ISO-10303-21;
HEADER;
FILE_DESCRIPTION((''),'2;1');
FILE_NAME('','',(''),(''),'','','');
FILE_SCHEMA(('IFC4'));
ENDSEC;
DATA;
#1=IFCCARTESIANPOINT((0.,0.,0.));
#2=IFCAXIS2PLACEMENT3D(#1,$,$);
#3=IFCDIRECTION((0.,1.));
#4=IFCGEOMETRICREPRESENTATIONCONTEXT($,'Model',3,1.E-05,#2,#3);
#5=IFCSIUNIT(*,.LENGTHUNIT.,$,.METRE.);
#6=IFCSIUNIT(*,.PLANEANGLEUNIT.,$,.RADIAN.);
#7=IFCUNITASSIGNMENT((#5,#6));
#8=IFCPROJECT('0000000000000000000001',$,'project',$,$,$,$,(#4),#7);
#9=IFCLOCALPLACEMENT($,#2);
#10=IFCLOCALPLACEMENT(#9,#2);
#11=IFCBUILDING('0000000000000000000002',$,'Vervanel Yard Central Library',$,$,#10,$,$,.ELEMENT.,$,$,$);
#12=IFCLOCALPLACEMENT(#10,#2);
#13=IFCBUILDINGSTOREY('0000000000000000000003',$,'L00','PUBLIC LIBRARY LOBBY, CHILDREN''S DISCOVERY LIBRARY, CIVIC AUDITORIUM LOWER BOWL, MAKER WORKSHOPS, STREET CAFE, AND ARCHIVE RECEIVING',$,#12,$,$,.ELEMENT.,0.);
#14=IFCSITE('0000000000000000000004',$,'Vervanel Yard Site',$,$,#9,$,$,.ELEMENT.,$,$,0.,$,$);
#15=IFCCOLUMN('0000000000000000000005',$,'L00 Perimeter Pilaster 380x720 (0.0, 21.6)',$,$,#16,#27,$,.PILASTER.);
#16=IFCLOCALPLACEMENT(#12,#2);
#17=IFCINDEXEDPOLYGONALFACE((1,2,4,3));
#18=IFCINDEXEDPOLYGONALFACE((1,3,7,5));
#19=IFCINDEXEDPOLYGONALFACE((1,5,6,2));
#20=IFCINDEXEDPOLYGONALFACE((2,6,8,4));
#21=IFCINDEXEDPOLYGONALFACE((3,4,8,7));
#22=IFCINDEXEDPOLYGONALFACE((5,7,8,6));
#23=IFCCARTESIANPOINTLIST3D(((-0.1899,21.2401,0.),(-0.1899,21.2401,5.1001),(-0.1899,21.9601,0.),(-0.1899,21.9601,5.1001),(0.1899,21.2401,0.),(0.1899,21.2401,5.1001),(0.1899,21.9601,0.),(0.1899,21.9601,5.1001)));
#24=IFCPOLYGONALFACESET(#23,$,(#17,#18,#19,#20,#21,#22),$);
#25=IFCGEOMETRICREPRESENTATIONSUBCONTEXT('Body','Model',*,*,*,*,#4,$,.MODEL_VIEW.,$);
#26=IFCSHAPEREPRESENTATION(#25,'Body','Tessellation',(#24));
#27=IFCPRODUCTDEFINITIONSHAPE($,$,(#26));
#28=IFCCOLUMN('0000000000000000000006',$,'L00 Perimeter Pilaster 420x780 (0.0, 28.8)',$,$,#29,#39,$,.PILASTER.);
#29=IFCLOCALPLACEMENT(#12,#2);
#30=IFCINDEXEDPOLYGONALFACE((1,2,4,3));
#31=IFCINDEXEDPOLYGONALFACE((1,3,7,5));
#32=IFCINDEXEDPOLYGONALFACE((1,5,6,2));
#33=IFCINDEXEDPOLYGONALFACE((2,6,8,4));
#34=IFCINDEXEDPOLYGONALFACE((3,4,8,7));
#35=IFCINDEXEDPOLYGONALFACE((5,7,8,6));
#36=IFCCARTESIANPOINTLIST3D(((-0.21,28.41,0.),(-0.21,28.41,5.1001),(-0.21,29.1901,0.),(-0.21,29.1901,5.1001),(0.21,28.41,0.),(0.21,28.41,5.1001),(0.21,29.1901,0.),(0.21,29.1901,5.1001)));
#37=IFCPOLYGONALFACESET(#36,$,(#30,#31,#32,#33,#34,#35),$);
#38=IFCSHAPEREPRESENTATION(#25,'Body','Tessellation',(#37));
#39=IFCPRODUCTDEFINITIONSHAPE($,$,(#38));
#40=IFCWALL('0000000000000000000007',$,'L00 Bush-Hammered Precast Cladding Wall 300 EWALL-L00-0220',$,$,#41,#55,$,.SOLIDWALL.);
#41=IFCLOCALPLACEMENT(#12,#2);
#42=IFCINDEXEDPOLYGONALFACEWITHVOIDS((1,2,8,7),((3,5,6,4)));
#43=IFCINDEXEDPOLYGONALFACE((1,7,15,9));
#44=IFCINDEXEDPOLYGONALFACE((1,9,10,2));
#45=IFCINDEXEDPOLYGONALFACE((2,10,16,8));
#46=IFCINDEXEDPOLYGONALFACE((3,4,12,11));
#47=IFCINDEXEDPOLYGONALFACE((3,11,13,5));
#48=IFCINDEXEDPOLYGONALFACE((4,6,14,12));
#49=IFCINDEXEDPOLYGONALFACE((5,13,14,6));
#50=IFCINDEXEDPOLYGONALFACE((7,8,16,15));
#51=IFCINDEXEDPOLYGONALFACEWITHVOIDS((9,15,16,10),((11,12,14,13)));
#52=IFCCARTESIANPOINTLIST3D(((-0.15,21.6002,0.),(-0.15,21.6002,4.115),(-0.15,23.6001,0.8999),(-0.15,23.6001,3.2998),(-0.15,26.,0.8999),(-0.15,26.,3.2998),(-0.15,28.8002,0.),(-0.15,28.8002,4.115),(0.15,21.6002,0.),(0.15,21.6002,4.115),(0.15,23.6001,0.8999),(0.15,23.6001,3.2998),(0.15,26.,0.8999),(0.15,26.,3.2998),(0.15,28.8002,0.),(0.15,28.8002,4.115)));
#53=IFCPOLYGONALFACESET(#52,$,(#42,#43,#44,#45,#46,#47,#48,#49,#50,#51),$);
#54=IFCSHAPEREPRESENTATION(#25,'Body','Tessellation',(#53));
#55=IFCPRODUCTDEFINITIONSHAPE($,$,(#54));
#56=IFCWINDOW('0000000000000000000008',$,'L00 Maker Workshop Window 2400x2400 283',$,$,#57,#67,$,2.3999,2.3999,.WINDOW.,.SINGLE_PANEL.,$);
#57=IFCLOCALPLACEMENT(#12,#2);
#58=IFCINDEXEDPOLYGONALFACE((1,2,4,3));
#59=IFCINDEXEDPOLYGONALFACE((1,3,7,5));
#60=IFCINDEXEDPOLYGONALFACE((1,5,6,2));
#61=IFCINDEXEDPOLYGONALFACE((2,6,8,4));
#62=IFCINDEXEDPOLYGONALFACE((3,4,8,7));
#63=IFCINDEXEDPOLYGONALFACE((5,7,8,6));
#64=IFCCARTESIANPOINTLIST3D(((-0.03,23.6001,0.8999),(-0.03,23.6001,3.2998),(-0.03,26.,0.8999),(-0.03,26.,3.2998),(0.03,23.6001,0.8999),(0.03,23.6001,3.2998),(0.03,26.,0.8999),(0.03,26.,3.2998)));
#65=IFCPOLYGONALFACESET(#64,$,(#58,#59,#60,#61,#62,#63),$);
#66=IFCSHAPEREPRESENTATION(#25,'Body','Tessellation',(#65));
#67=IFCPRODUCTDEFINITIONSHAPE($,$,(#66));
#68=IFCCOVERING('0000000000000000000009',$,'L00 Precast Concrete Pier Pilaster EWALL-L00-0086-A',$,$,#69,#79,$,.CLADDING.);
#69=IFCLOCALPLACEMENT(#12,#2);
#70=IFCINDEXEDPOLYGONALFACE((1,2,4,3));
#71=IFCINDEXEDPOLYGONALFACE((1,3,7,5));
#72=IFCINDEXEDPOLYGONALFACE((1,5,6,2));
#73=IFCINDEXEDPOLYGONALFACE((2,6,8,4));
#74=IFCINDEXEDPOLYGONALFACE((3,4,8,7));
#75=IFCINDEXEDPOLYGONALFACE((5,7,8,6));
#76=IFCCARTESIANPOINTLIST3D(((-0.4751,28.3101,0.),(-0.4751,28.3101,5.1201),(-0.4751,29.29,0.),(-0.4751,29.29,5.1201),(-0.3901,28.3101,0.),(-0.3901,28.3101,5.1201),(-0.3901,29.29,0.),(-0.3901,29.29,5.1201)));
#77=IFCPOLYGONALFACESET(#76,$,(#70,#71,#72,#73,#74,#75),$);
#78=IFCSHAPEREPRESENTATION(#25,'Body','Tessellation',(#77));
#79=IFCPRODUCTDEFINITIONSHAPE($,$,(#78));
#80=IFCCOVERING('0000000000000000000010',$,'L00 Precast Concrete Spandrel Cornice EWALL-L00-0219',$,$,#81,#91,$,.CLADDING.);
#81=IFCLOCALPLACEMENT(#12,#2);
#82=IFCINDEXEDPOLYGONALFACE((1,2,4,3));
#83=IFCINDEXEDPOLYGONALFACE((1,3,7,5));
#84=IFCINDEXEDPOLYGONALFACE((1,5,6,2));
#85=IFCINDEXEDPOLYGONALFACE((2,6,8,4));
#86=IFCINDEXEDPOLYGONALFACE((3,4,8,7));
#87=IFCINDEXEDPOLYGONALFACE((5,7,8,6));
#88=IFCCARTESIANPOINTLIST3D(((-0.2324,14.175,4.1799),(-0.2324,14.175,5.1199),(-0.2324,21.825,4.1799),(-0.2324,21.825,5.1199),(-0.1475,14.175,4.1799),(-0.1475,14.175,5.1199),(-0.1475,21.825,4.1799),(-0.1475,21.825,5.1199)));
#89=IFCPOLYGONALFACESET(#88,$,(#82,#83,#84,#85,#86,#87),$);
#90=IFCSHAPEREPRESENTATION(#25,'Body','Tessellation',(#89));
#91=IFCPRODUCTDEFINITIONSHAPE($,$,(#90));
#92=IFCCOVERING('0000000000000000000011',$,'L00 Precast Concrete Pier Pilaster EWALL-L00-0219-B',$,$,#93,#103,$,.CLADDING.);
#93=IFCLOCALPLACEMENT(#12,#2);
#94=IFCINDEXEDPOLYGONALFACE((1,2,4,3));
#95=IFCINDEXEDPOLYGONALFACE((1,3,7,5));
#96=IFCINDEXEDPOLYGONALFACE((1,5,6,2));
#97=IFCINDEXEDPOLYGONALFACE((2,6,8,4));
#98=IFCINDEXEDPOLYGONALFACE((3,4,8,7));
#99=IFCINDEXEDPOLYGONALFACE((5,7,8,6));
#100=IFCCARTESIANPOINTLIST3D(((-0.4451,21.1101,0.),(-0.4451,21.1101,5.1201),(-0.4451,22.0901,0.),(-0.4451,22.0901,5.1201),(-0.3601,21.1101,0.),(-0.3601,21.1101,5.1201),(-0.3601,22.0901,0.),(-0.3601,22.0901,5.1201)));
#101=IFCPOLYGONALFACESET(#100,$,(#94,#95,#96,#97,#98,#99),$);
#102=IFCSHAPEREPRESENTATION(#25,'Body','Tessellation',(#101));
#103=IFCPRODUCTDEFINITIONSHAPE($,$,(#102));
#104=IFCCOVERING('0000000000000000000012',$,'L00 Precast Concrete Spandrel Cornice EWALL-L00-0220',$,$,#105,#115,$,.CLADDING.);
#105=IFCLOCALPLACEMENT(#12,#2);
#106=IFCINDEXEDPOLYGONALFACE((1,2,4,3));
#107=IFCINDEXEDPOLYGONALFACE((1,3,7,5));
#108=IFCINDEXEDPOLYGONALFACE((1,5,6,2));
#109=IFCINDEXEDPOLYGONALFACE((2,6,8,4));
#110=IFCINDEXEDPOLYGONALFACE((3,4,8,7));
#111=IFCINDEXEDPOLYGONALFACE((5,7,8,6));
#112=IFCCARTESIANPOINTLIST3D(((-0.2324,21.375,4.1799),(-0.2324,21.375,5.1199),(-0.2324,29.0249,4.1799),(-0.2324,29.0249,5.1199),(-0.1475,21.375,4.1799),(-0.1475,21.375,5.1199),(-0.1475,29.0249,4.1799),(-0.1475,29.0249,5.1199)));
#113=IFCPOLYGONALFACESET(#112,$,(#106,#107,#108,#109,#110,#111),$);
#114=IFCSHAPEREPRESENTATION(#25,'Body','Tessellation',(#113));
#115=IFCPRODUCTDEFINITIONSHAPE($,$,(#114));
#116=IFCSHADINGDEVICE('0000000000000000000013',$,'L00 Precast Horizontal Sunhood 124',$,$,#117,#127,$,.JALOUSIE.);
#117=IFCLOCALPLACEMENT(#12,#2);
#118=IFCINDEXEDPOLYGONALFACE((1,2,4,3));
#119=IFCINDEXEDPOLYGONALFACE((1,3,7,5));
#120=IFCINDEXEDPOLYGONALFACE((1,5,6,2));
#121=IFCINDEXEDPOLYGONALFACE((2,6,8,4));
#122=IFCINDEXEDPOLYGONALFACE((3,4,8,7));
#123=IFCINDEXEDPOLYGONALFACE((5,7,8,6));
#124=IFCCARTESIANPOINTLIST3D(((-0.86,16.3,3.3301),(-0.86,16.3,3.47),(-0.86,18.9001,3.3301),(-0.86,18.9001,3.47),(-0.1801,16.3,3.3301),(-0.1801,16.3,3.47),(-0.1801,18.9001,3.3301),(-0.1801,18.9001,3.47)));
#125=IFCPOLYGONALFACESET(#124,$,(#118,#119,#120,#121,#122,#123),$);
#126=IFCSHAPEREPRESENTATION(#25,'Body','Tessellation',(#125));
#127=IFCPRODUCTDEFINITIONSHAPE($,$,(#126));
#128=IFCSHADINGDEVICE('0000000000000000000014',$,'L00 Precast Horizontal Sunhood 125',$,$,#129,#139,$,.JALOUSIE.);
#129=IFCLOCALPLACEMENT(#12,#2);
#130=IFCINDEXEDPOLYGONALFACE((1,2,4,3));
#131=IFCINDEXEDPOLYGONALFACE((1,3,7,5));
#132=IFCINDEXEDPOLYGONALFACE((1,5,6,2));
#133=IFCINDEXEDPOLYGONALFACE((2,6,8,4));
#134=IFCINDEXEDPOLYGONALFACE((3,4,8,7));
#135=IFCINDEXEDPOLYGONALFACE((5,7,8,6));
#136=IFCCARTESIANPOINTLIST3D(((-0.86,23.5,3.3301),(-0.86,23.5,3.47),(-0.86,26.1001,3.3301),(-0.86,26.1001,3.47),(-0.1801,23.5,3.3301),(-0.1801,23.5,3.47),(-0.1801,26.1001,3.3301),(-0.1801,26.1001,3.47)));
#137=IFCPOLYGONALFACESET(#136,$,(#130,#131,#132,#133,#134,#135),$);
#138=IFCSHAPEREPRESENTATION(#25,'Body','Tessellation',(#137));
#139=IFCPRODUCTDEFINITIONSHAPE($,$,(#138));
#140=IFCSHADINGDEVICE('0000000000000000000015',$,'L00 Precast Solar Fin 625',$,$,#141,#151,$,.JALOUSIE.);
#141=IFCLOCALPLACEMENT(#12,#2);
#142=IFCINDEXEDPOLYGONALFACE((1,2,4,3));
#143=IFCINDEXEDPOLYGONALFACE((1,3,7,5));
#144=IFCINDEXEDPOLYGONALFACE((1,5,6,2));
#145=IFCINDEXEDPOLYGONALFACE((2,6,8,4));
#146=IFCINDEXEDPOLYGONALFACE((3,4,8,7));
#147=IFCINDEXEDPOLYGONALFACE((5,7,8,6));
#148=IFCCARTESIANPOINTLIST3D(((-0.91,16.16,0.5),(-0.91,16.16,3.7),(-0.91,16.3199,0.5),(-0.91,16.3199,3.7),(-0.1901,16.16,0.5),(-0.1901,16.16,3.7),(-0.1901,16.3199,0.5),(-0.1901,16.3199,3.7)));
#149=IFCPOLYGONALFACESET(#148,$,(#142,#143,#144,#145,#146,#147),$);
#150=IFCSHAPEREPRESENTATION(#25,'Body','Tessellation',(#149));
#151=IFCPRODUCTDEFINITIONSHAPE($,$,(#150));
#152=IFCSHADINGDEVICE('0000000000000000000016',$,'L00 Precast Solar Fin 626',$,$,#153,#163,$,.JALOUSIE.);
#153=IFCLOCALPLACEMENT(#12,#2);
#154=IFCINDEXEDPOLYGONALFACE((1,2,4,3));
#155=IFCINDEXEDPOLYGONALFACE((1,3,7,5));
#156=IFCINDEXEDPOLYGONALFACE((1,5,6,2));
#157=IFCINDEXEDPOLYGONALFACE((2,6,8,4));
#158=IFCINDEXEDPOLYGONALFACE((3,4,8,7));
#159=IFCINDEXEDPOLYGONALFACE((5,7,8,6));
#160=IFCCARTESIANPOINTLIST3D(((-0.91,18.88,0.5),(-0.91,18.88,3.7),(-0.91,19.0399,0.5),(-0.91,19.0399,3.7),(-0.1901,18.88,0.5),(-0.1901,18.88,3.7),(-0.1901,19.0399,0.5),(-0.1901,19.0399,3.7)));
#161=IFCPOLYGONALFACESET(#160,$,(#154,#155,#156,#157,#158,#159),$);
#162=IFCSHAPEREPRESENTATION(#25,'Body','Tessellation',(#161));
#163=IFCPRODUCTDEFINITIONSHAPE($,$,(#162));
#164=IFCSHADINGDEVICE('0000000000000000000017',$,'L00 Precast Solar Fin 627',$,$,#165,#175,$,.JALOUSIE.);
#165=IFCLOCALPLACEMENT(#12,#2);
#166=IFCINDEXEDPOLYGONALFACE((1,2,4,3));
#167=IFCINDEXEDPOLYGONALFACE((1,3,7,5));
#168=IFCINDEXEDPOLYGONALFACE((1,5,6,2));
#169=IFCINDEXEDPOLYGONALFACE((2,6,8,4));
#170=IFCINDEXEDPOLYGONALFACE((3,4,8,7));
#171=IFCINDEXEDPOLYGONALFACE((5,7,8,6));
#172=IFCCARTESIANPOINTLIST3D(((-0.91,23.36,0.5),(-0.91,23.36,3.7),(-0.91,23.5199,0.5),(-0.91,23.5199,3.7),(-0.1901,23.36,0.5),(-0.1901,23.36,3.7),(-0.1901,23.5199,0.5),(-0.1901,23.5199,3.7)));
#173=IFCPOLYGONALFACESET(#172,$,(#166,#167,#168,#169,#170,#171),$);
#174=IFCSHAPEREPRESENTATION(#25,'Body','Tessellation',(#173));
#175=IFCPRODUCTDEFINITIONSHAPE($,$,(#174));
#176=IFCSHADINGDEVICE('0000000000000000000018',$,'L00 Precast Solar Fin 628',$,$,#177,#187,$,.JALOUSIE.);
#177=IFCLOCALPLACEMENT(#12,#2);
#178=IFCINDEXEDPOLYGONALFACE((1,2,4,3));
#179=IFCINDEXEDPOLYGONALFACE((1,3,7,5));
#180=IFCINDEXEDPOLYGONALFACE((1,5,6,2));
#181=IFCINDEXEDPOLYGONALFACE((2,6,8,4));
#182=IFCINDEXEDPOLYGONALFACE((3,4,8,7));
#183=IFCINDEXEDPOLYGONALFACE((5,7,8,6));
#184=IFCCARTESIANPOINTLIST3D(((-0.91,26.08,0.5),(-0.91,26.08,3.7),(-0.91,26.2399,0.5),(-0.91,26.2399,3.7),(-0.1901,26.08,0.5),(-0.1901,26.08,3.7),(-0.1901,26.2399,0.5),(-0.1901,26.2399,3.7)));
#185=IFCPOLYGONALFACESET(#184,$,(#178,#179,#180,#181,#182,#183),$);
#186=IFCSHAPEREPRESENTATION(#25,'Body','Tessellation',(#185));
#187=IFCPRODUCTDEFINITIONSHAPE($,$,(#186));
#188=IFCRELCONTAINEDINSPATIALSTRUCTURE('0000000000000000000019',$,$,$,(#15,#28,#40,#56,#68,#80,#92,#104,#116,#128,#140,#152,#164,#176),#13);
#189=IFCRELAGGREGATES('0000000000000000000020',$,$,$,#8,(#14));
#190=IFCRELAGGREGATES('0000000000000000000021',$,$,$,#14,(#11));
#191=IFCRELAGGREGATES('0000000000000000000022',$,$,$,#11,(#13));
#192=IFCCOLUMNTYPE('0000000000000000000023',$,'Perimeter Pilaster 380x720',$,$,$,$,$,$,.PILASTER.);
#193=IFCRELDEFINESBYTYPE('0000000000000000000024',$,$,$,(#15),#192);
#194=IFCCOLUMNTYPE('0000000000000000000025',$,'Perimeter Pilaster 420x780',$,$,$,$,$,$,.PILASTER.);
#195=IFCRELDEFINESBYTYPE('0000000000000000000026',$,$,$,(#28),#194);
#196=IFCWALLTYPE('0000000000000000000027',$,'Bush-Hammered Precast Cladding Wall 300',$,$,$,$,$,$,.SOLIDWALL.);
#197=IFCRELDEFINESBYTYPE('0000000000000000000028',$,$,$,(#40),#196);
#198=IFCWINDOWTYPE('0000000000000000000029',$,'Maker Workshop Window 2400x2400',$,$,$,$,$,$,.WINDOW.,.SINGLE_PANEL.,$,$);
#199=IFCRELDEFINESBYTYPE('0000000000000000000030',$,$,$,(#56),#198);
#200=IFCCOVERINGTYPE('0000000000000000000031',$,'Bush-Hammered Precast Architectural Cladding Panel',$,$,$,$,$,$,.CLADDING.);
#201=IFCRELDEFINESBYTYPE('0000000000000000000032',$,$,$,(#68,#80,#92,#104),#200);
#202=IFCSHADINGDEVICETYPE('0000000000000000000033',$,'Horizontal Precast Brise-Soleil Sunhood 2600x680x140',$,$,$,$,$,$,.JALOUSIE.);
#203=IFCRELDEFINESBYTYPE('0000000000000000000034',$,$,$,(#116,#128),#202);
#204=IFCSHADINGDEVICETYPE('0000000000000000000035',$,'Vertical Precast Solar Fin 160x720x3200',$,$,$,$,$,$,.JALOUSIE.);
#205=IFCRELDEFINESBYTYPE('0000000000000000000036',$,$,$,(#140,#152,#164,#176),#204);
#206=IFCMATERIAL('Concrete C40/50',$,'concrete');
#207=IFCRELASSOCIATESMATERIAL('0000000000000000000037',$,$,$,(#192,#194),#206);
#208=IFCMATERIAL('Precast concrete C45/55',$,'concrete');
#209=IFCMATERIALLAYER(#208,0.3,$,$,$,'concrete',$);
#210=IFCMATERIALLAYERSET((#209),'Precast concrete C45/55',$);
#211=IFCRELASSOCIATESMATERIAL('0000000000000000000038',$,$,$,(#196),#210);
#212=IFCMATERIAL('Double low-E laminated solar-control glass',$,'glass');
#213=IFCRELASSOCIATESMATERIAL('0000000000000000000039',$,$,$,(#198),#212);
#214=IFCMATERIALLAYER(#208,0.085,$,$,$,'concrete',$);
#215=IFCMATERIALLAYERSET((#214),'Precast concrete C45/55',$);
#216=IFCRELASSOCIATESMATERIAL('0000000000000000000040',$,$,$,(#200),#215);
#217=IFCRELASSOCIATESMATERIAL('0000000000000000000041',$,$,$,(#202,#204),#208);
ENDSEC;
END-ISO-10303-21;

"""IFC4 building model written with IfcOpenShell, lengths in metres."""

from ifc_helpers import new_model, si_unit, direction, frame, frame_2d, origin, origin_2d, place, context, subcontext, project, spatial, rectangle, extrude, material, layer, layer_set, material_profile, profile_set, type_object, element, fill, save


model = new_model("IFC4")

# Units and contexts
model_context = context("Model", 3, precision=1e-05, world=origin(), true_north=direction((0.0, 1.0)))
body_context = subcontext(model_context, "Body", "Model", "MODEL_VIEW")
ifc_project = project(units=[si_unit("LENGTHUNIT", "METRE"), si_unit("PLANEANGLEUNIT", "RADIAN")], contexts=[model_context])

# Site, building, storey
site_placement = place(None, origin())
site = spatial("IfcSite", under=ifc_project, at=site_placement, Name="Vervanel Yard Site", CompositionType="ELEMENT", RefElevation=0.0)
building_placement = place(site_placement, origin())
building = spatial("IfcBuilding", under=site, at=building_placement, Name="Vervanel Yard Central Library", CompositionType="ELEMENT")
storey_placement = place(building_placement, origin())
storey = spatial("IfcBuildingStorey", under=building, at=storey_placement, Name="L00", Description="PUBLIC LIBRARY LOBBY, CHILDREN'S DISCOVERY LIBRARY, CIVIC AUDITORIUM LOWER BOWL, MAKER WORKSHOPS, STREET CAFE, AND ARCHIVE RECEIVING", CompositionType="ELEMENT", Elevation=0.0)

# Shared definitions
ifc_material_1 = material(Name="Concrete C40/50", Category="concrete")

# Columns
ifc_material_profile_1 = material_profile(ifc_material_1, rectangle(XDim=0.3799, YDim=0.72, at=origin_2d()), Name="RC 380x720", Category="concrete")
ifc_profile_set_1 = profile_set([ifc_material_profile_1], Name="Concrete C40/50")
column_type_1 = type_object("IfcColumnType", Name="Perimeter Pilaster 380x720", PredefinedType="PILASTER", material=ifc_profile_set_1)
column_1_placement = place(storey_placement, frame((0.0, 21.6001, 0.0), z_axis=(0.0, 0.0, 1.0), x_axis=(1.0, 0.0, 0.0)))
element("IfcColumn", 1, at=column_1_placement, inside=storey, type_object=column_type_1, Name="L00 Perimeter Pilaster 380x720 (0.0, 21.6)", PredefinedType="PILASTER", context=body_context, shape_type="SweptSolid", body=[
    extrude(rectangle(XDim=0.3799, YDim=0.72, at=origin_2d()), origin(), (0.0, 0.0, 1.0), 5.1001),
])
ifc_material_profile_2 = material_profile(ifc_material_1, rectangle(XDim=0.4199, YDim=0.78, at=origin_2d()), Name="RC 420x780", Category="concrete")
ifc_profile_set_2 = profile_set([ifc_material_profile_2], Name="Concrete C40/50")
column_type_2 = type_object("IfcColumnType", Name="Perimeter Pilaster 420x780", PredefinedType="PILASTER", material=ifc_profile_set_2)
column_2_placement = place(storey_placement, frame((0.0, 28.8, 0.0), z_axis=(0.0, 0.0, 1.0), x_axis=(1.0, 0.0, 0.0)))
element("IfcColumn", 2, at=column_2_placement, inside=storey, type_object=column_type_2, Name="L00 Perimeter Pilaster 420x780 (0.0, 28.8)", PredefinedType="PILASTER", context=body_context, shape_type="SweptSolid", body=[
    extrude(rectangle(XDim=0.4199, YDim=0.78, at=origin_2d()), origin(), (0.0, 0.0, 1.0), 5.1001),
])

# Wall, opening, window
ifc_material_2 = material(Name="Precast concrete C45/55", Category="concrete")
ifc_layer_1 = layer(ifc_material_2, 0.3, Category="concrete")
ifc_layer_set_1 = layer_set([ifc_layer_1], Name="Precast concrete C45/55")
wall_type = type_object("IfcWallType", Name="Bush-Hammered Precast Cladding Wall 300", PredefinedType="SOLIDWALL", material=ifc_layer_set_1)
wall_placement = place(storey_placement, frame((0.0, 21.6001, 0.0), z_axis=(0.0, 0.0, 1.0), x_axis=(0.0, 1.0, 0.0)))
wall = element("IfcWall", 3, at=wall_placement, inside=storey, type_object=wall_type, Name="L00 Bush-Hammered Precast Cladding Wall 300 EWALL-L00-0220", PredefinedType="SOLIDWALL", context=body_context, shape_type="SweptSolid", body=[
    extrude(rectangle(XDim=7.2, YDim=0.3, at=frame_2d((3.6001, 0.0))), origin(), (0.0, 0.0, 1.0), 4.115),
])
opening_placement = place(wall_placement, frame((2.0, 0.0, 0.8999)))
opening = element("IfcOpeningElement", 4, at=opening_placement, cuts=wall, PredefinedType="OPENING", context=body_context, shape_type="SweptSolid", body=[
    extrude(rectangle(XDim=2.3999, YDim=2.3999, at=frame_2d((1.2, 1.2))), frame((0.0, 0.1599, 0.0), z_axis=(0.0, -1.0, 0.0), x_axis=(1.0, 0.0, 0.0)), (0.0, 0.0, 1.0), 0.3201),
])
ifc_material_3 = material(Name="Double low-E laminated solar-control glass", Category="glass")
window_type = type_object("IfcWindowType", Name="Maker Workshop Window 2400x2400", PartitioningType="SINGLE_PANEL", PredefinedType="WINDOW", material=ifc_material_3)
window_placement = place(opening_placement, origin())
window = element("IfcWindow", 5, at=window_placement, inside=storey, type_object=window_type, Name="L00 Maker Workshop Window 2400x2400 283", OverallHeight=2.3999, OverallWidth=2.3999, PartitioningType="SINGLE_PANEL", PredefinedType="WINDOW", context=body_context, shape_type="SweptSolid", body=[
    extrude(rectangle(XDim=2.3999, YDim=2.3999, at=frame_2d((1.2, 1.2))), frame((0.0, 0.03, 0.0), z_axis=(0.0, -1.0, 0.0), x_axis=(1.0, 0.0, 0.0)), (0.0, 0.0, 1.0), 0.0601),
])
fill(opening, window)

# Coverings
ifc_layer_2 = layer(ifc_material_2, 0.085, Category="concrete")
ifc_layer_set_2 = layer_set([ifc_layer_2], Name="Precast concrete C45/55")
covering_type = type_object("IfcCoveringType", Name="Bush-Hammered Precast Architectural Cladding Panel", PredefinedType="CLADDING", material=ifc_layer_set_2)
covering_1_placement = place(storey_placement, frame((-0.4326, 28.8, 0.0), z_axis=(0.0, 0.0, 1.0), x_axis=(0.0, 1.0, 0.0)))
element("IfcCovering", 6, at=covering_1_placement, inside=storey, type_object=covering_type, Name="L00 Precast Concrete Pier Pilaster EWALL-L00-0086-A", PredefinedType="CLADDING", context=body_context, shape_type="SweptSolid", body=[
    extrude(rectangle(XDim=0.98, YDim=0.085, at=origin_2d()), origin(), (0.0, 0.0, 1.0), 5.1201),
])
covering_2_placement = place(storey_placement, frame((-0.1899, 18.0, 4.1799), z_axis=(0.0, 0.0, 1.0), x_axis=(0.0, 1.0, 0.0)))
element("IfcCovering", 7, at=covering_2_placement, inside=storey, type_object=covering_type, Name="L00 Precast Concrete Spandrel Cornice EWALL-L00-0219", PredefinedType="CLADDING", context=body_context, shape_type="SweptSolid", body=[
    extrude(rectangle(XDim=7.6499, YDim=0.085, at=origin_2d()), origin(), (0.0, 0.0, 1.0), 0.9399),
])
covering_3_placement = place(storey_placement, frame((-0.4026, 21.6001, 0.0), z_axis=(0.0, 0.0, 1.0), x_axis=(0.0, 1.0, 0.0)))
element("IfcCovering", 8, at=covering_3_placement, inside=storey, type_object=covering_type, Name="L00 Precast Concrete Pier Pilaster EWALL-L00-0219-B", PredefinedType="CLADDING", context=body_context, shape_type="SweptSolid", body=[
    extrude(rectangle(XDim=0.98, YDim=0.085, at=origin_2d()), origin(), (0.0, 0.0, 1.0), 5.1201),
])
covering_4_placement = place(storey_placement, frame((-0.1899, 25.2, 4.1799), z_axis=(0.0, 0.0, 1.0), x_axis=(0.0, 1.0, 0.0)))
element("IfcCovering", 9, at=covering_4_placement, inside=storey, type_object=covering_type, Name="L00 Precast Concrete Spandrel Cornice EWALL-L00-0220", PredefinedType="CLADDING", context=body_context, shape_type="SweptSolid", body=[
    extrude(rectangle(XDim=7.6499, YDim=0.085, at=origin_2d()), origin(), (0.0, 0.0, 1.0), 0.9399),
])

# Shading devices
shading_device_type_1 = type_object("IfcShadingDeviceType", Name="Horizontal Precast Brise-Soleil Sunhood 2600x680x140", PredefinedType="JALOUSIE", material=ifc_material_2)
for number, where, z_axis, x_axis, name in (
    (10, (-0.52, 17.6001, 3.3301), (0.0, 0.0, 1.0), (0.0, 1.0, 0.0), "L00 Precast Horizontal Sunhood 124"),
    (11, (-0.52, 24.8, 3.3301), (0.0, 0.0, 1.0), (0.0, 1.0, 0.0), "L00 Precast Horizontal Sunhood 125"),
):
    element("IfcShadingDevice", number, at=place(storey_placement, frame(where, z_axis=z_axis, x_axis=x_axis)), inside=storey, type_object=shading_device_type_1, Name=name, PredefinedType="JALOUSIE", context=body_context, shape_type="SweptSolid", body=[
        extrude(rectangle(XDim=2.6001, YDim=0.6799, at=origin_2d()), origin(), (0.0, 0.0, 1.0), 0.1399),
    ])
shading_device_type_2 = type_object("IfcShadingDeviceType", Name="Vertical Precast Solar Fin 160x720x3200", PredefinedType="JALOUSIE", material=ifc_material_2)
for number, where, z_axis, x_axis, name in (
    (12, (-0.55, 16.24, 0.5), (0.0, 0.0, 1.0), (0.0, 1.0, 0.0), "L00 Precast Solar Fin 625"),
    (13, (-0.55, 18.96, 0.5), (0.0, 0.0, 1.0), (0.0, 1.0, 0.0), "L00 Precast Solar Fin 626"),
    (14, (-0.55, 23.4399, 0.5), (0.0, 0.0, 1.0), (0.0, 1.0, 0.0), "L00 Precast Solar Fin 627"),
    (15, (-0.55, 26.1599, 0.5), (0.0, 0.0, 1.0), (0.0, 1.0, 0.0), "L00 Precast Solar Fin 628"),
):
    element("IfcShadingDevice", number, at=place(storey_placement, frame(where, z_axis=z_axis, x_axis=x_axis)), inside=storey, type_object=shading_device_type_2, Name=name, PredefinedType="JALOUSIE", context=body_context, shape_type="SweptSolid", body=[
        extrude(rectangle(XDim=0.1599, YDim=0.72, at=origin_2d()), origin(), (0.0, 0.0, 1.0), 3.2),
    ])

save(model, "model.ifc")
